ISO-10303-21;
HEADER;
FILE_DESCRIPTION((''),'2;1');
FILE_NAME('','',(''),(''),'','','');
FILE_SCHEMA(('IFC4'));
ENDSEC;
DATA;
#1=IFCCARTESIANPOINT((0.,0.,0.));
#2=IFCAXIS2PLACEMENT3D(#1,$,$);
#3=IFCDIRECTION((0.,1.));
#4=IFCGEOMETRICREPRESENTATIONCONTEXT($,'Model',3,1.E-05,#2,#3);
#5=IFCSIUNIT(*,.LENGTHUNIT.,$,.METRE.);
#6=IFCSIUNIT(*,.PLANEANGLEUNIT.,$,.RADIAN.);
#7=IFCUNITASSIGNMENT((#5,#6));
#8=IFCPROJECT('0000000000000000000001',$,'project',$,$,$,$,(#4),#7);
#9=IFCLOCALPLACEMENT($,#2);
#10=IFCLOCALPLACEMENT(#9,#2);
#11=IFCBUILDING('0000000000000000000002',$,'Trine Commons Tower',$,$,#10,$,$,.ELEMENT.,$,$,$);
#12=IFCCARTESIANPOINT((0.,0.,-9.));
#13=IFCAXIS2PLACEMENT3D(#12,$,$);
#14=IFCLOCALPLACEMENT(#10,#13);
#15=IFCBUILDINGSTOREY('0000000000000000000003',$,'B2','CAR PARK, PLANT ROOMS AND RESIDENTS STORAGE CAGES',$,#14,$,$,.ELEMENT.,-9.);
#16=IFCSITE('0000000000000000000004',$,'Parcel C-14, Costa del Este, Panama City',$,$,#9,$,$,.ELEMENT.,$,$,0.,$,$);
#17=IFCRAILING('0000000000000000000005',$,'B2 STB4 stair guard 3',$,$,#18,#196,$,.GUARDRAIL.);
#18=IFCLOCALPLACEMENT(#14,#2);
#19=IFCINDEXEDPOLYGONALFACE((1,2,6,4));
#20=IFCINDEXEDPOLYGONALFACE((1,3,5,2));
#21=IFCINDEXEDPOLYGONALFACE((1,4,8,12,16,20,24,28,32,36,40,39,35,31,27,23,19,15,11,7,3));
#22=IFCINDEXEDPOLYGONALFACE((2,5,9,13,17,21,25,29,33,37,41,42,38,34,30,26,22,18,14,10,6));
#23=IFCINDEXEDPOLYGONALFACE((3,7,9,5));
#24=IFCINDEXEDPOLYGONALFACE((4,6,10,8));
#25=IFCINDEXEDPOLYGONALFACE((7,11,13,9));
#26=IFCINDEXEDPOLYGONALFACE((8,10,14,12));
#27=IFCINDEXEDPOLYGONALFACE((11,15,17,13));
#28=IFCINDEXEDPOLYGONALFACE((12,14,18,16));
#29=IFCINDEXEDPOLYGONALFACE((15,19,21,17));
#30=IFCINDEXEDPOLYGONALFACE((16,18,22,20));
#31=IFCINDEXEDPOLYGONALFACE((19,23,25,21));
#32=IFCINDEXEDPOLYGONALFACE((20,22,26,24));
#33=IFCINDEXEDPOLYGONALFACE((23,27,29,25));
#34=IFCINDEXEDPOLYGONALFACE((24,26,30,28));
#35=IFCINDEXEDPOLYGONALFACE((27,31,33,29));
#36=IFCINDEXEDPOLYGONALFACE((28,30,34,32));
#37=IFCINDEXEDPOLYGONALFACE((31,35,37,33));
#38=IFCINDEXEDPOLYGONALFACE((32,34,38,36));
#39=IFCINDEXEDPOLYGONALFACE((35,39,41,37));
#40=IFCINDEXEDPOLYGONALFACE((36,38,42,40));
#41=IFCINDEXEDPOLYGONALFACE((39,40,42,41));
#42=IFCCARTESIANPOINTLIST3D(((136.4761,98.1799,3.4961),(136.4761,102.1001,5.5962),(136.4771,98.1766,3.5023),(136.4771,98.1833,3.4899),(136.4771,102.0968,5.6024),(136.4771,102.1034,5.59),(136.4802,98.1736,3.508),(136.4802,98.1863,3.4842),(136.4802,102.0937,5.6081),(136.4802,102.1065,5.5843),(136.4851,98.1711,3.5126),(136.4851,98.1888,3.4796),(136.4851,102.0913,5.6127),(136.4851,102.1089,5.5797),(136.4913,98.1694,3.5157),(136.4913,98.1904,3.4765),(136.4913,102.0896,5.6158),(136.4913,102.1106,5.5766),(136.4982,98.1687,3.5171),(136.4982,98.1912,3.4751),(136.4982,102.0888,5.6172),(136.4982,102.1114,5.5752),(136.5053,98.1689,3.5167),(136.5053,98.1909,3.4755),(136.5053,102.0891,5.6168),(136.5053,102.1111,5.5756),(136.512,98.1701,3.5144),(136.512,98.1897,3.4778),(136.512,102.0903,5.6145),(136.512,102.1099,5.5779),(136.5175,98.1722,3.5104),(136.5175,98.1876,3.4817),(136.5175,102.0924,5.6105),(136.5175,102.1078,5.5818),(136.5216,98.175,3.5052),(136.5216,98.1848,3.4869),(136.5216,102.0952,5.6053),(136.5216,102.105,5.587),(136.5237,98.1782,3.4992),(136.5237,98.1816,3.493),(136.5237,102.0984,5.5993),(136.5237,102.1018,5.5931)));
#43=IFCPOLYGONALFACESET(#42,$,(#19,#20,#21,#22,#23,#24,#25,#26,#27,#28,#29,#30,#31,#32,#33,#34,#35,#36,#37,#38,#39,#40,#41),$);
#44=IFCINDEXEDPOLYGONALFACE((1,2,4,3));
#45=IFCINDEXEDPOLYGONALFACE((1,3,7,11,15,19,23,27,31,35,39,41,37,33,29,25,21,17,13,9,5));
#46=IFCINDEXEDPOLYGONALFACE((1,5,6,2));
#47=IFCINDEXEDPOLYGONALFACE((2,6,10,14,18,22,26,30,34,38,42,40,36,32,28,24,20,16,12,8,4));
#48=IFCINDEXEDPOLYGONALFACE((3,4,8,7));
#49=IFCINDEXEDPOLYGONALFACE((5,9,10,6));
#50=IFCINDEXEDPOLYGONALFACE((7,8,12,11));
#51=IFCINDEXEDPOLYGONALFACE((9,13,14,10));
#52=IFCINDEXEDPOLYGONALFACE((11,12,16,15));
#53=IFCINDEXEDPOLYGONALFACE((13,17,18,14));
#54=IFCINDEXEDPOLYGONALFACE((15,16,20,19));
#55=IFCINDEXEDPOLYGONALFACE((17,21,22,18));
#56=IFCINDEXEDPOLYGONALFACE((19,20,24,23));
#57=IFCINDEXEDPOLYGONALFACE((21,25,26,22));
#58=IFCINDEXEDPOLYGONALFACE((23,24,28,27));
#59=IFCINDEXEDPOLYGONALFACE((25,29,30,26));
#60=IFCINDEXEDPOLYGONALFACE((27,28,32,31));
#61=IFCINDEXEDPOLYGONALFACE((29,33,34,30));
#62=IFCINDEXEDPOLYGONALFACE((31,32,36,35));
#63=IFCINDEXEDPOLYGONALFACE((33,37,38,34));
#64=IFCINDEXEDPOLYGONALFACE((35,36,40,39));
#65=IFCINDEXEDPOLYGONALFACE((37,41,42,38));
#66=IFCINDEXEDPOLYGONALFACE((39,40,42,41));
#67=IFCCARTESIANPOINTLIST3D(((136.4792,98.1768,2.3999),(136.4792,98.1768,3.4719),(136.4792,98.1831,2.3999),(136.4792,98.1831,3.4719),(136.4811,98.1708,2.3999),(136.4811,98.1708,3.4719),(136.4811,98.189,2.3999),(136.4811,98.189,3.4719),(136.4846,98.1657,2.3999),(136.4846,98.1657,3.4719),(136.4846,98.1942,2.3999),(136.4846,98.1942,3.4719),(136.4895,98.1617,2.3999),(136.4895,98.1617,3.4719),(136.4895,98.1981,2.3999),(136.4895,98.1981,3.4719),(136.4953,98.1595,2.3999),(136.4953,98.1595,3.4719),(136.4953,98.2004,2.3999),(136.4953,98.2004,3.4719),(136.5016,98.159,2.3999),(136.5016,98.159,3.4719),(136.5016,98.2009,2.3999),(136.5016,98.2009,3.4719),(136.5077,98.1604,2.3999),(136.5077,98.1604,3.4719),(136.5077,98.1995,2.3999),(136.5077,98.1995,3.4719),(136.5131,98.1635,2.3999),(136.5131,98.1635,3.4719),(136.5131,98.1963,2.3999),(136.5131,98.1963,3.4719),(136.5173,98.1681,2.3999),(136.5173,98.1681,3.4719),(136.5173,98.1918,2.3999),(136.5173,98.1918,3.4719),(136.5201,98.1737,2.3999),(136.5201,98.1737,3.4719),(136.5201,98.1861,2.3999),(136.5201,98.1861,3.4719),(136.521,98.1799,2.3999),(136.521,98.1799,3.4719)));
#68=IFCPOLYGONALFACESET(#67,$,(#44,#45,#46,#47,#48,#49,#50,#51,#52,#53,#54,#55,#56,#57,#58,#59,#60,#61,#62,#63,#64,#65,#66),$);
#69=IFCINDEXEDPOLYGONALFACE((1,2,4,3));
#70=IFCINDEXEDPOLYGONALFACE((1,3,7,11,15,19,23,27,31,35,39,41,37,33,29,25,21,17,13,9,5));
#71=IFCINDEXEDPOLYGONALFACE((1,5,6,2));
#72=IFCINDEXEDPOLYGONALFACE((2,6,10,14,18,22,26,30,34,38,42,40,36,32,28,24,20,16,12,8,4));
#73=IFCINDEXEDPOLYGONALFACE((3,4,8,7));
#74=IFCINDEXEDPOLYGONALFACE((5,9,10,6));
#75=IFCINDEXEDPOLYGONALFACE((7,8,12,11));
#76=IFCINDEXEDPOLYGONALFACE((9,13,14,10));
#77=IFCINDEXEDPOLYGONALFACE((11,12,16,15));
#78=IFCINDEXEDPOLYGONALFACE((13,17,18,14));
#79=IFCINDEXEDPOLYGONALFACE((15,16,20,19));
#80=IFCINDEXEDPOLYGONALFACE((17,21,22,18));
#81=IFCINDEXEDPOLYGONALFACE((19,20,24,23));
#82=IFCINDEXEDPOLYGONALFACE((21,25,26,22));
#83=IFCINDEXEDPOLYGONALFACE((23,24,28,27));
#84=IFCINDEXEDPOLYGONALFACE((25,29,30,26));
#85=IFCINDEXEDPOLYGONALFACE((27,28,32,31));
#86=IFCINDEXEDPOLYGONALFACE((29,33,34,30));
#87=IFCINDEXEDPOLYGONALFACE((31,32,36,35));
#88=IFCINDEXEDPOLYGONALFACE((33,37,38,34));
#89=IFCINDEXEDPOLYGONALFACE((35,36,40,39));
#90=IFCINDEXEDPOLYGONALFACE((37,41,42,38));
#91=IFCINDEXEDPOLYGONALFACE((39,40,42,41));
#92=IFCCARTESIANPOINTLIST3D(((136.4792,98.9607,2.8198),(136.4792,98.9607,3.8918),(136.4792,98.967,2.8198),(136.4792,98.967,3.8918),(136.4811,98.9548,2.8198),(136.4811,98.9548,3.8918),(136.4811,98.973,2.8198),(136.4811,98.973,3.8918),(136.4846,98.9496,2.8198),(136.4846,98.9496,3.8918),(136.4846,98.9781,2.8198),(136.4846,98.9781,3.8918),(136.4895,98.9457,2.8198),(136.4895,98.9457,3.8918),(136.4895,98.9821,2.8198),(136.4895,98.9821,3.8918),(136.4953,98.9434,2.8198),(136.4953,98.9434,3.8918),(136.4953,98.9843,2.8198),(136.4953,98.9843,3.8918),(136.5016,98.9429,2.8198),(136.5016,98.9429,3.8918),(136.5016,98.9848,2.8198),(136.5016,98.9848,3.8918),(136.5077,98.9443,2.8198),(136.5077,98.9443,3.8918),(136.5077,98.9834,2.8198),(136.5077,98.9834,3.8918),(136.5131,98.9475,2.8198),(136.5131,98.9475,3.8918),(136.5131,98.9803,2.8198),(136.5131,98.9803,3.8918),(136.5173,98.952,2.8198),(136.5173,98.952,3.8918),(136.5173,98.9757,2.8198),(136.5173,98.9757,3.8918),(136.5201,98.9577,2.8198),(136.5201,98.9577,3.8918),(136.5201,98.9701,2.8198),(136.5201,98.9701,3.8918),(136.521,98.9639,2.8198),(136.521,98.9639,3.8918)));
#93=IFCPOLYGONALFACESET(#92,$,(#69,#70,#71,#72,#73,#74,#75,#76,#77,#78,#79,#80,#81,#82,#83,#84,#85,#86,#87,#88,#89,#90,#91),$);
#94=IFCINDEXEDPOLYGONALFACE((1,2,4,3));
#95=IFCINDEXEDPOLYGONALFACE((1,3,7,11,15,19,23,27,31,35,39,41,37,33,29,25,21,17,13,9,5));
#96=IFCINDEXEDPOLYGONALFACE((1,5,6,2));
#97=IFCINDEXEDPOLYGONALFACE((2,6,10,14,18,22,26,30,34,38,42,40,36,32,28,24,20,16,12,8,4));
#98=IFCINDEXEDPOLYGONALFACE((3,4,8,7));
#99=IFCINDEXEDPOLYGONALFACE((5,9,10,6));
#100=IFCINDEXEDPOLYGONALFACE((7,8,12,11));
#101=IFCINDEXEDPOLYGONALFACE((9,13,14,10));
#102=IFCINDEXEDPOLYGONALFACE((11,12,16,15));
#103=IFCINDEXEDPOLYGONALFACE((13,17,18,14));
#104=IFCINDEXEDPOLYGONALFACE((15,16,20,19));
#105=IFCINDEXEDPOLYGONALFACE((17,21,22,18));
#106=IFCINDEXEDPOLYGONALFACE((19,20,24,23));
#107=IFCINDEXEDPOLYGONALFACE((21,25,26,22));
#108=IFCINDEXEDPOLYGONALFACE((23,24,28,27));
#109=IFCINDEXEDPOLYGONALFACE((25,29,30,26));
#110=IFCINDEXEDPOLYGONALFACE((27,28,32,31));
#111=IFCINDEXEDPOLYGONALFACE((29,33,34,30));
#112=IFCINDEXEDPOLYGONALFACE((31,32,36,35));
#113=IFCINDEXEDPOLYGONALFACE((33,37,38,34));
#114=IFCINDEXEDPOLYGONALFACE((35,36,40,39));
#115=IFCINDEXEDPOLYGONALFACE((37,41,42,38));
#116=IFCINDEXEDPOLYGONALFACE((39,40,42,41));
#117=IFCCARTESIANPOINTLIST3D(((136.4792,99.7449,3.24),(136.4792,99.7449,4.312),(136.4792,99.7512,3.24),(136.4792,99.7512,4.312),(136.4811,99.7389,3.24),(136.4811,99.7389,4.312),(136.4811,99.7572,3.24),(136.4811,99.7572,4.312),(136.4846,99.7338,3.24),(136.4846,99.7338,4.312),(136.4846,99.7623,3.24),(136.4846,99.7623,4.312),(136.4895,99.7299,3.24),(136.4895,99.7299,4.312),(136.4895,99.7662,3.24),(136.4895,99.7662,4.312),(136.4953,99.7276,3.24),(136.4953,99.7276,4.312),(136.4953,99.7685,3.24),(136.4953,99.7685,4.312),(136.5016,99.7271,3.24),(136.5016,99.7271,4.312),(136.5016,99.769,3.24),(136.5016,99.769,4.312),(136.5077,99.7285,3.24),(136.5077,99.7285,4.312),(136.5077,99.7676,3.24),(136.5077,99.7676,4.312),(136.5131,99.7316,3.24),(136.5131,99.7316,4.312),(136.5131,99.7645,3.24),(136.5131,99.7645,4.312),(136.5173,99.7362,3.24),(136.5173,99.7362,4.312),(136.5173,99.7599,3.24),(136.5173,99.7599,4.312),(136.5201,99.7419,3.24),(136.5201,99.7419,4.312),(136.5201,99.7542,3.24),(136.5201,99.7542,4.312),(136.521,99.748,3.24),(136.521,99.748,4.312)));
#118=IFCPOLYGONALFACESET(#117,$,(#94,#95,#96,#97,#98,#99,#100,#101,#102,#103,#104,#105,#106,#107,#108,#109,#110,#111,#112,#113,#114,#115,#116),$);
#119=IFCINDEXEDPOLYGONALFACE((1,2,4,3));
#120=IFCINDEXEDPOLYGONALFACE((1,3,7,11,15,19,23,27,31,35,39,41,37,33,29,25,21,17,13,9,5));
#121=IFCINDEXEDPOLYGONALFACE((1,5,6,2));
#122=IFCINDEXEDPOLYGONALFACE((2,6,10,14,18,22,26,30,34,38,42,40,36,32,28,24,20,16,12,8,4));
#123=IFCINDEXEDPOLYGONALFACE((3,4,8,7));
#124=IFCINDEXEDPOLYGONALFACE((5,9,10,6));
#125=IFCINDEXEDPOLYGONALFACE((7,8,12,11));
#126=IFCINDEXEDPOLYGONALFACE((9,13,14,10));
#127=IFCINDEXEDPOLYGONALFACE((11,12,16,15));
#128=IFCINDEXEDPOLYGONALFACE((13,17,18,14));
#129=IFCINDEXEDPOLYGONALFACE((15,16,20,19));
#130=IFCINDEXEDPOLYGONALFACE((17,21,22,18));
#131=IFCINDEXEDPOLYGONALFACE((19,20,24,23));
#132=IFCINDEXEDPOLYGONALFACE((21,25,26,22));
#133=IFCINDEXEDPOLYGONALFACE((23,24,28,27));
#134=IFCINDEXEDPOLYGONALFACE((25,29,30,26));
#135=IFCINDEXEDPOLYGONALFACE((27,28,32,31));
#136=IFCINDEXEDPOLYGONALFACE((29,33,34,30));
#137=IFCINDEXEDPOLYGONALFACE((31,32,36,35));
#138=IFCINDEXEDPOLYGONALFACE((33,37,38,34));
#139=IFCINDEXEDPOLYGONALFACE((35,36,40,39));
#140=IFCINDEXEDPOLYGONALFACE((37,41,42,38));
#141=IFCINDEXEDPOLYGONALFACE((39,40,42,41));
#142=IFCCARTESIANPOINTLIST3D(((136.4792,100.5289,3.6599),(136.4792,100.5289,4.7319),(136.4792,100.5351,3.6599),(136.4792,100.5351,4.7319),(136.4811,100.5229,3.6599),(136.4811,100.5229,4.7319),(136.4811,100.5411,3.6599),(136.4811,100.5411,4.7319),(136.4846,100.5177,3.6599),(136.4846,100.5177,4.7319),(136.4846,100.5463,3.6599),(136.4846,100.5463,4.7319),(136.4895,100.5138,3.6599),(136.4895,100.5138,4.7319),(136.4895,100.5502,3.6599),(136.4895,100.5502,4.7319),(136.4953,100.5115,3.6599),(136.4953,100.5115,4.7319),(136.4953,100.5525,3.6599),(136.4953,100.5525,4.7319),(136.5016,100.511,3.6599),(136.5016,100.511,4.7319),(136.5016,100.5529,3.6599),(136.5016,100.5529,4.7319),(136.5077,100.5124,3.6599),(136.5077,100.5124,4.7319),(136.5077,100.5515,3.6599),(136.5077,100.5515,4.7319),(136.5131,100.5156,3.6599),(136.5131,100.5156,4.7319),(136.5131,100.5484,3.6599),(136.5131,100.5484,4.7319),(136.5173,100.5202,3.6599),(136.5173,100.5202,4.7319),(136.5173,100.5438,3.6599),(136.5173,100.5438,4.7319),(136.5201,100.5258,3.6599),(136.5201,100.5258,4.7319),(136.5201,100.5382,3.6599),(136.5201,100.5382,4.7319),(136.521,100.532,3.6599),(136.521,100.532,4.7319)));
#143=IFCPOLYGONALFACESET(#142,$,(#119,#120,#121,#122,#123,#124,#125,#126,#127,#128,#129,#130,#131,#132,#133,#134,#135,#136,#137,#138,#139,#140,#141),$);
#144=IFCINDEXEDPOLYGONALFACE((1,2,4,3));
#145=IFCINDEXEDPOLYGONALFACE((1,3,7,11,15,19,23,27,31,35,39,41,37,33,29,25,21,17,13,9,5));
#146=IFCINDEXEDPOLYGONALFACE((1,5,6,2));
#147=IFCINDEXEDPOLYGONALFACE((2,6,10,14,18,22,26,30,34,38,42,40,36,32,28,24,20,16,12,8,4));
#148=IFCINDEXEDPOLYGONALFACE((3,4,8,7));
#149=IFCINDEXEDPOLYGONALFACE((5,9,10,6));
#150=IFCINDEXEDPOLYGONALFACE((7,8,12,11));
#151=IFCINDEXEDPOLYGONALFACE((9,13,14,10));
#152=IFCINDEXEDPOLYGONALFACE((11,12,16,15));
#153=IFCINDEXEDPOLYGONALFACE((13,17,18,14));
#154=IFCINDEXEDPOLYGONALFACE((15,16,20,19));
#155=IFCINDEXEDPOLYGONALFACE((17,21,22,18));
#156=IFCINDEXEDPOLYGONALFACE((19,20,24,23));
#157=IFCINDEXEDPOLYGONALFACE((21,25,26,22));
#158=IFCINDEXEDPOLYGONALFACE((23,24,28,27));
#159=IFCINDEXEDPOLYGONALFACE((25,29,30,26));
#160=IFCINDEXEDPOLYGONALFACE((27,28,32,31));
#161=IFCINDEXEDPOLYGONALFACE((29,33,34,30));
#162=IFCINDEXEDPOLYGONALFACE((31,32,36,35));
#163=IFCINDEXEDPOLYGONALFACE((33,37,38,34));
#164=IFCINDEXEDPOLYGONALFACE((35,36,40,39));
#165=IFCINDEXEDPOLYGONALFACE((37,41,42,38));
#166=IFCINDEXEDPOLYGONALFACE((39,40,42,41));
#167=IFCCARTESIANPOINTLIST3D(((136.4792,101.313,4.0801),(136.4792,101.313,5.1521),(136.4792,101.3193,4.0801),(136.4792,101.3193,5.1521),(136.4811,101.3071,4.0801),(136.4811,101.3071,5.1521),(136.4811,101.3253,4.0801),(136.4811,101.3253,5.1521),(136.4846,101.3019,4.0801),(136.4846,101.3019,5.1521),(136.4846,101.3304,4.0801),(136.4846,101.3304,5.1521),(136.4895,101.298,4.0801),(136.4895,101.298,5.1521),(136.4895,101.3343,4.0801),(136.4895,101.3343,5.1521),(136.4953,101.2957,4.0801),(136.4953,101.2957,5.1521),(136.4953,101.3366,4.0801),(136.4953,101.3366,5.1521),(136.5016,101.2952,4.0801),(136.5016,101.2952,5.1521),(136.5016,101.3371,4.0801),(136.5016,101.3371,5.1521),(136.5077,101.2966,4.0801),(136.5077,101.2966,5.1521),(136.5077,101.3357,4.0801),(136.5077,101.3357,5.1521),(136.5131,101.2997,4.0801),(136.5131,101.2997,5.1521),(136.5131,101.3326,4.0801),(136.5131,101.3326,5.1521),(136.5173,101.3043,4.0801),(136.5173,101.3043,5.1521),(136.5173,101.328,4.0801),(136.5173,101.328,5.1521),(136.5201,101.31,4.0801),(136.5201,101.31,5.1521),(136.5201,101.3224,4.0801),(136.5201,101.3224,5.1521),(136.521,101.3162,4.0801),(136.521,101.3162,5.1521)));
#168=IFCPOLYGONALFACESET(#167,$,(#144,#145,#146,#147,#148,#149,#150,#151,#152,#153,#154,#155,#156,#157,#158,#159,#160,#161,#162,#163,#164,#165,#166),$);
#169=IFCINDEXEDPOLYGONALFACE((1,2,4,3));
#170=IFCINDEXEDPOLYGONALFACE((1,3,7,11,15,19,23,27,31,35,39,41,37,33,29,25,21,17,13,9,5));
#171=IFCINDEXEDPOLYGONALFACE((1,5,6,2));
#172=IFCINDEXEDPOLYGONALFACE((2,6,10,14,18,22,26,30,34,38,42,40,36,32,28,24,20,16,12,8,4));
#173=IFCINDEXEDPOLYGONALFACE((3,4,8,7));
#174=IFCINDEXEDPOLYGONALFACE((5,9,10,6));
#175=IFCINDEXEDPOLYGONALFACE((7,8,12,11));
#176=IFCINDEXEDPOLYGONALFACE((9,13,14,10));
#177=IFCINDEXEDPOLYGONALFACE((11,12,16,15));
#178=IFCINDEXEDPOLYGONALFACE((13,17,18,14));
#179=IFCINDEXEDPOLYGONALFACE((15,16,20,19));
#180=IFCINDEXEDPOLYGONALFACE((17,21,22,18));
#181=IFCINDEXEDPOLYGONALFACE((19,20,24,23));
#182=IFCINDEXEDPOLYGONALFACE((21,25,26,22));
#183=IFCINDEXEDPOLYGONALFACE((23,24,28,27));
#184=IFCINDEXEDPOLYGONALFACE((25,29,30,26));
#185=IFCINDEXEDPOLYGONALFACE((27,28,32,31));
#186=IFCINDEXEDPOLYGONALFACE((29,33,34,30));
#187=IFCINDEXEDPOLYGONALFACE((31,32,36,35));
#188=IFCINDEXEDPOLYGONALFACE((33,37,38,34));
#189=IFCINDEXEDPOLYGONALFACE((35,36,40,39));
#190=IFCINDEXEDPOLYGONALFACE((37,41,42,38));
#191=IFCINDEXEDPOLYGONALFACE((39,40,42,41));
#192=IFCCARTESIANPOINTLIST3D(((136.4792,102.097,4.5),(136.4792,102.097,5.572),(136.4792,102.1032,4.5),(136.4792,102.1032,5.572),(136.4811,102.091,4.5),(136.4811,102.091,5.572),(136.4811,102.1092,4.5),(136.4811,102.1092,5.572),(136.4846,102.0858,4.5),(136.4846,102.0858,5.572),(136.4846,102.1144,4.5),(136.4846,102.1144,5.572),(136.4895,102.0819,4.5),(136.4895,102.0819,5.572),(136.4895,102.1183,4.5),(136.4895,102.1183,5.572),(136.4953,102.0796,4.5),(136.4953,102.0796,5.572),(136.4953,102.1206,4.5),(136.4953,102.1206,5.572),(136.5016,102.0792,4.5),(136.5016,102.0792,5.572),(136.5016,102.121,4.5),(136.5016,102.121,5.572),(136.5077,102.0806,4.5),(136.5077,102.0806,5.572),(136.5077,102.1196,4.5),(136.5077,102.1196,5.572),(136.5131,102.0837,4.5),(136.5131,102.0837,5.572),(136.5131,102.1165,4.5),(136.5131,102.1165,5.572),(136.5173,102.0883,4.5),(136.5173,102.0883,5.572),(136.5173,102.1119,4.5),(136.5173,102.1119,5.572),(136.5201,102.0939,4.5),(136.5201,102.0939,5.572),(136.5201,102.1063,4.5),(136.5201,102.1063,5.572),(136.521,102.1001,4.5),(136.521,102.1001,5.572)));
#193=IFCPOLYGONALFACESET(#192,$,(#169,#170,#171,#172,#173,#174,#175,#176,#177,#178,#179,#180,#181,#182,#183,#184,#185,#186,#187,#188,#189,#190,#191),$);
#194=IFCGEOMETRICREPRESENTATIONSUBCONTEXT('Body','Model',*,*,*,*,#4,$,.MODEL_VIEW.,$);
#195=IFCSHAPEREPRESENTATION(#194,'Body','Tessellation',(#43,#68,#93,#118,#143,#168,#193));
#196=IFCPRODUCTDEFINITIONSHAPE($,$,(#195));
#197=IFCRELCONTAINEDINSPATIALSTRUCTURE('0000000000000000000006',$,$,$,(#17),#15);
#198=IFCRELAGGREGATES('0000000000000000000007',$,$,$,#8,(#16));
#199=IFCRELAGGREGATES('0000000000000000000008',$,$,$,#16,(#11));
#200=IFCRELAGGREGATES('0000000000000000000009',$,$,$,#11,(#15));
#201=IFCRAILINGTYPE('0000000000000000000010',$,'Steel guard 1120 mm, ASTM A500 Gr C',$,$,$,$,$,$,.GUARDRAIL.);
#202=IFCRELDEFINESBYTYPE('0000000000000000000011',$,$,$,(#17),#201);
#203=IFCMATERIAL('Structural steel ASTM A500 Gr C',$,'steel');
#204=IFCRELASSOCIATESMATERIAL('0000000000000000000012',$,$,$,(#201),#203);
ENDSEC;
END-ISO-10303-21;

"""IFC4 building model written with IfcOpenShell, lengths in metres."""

from ifc_helpers import new_model, si_unit, direction, frame, origin, origin_2d, place, context, subcontext, project, spatial, circle, extrude, material, type_object, element, save


model = new_model("IFC4")

# Units and contexts
model_context = context("Model", 3, precision=1e-05, world=origin(), true_north=direction((0.0, 1.0)))
body_context = subcontext(model_context, "Body", "Model", "MODEL_VIEW")
ifc_project = project(units=[si_unit("LENGTHUNIT", "METRE"), si_unit("PLANEANGLEUNIT", "RADIAN")], contexts=[model_context])

# Site, building, storey
site_placement = place(None, origin())
site = spatial("IfcSite", under=ifc_project, at=site_placement, Name="Parcel C-14, Costa del Este, Panama City", CompositionType="ELEMENT", RefElevation=0.0)
building_placement = place(site_placement, origin())
building = spatial("IfcBuilding", under=site, at=building_placement, Name="Trine Commons Tower", CompositionType="ELEMENT")
storey_placement = place(building_placement, frame((0.0, 0.0, -9.0)))
storey = spatial("IfcBuildingStorey", under=building, at=storey_placement, Name="B2", Description="CAR PARK, PLANT ROOMS AND RESIDENTS STORAGE CAGES", CompositionType="ELEMENT", Elevation=-9.0)

# Railing
ifc_material_1 = material(Name="Structural steel ASTM A500 Gr C", Category="steel")
railing_type_1 = type_object("IfcRailingType", Name="Steel guard 1120 mm, ASTM A500 Gr C", PredefinedType="GUARDRAIL", material=ifc_material_1)
railing_1_placement = place(storey_placement, frame((136.5, 98.1799, 2.3999)))
element("IfcRailing", 1, at=railing_1_placement, inside=storey, type_object=railing_type_1, Name="B2 STB4 stair guard 3", PredefinedType="GUARDRAIL", context=body_context, shape_type="SweptSolid", body=[
    extrude(circle(Radius=0.0239, at=origin_2d()), frame((0.0, 0.0, 1.0962), z_axis=(0.0, 0.881479, 0.472223), x_axis=(-1.0, 0.0, 0.0)), (0.0, 0.0, 1.0), 4.4473),
    extrude(circle(Radius=0.021, at=origin_2d()), origin(), (0.0, 0.0, 1.0), 1.072),
    extrude(circle(Radius=0.021, at=origin_2d()), frame((0.0, 0.7839, 0.4199)), (0.0, 0.0, 1.0), 1.072),
    extrude(circle(Radius=0.021, at=origin_2d()), frame((0.0, 1.5681, 0.8401)), (0.0, 0.0, 1.0), 1.072),
    extrude(circle(Radius=0.021, at=origin_2d()), frame((0.0, 2.3521, 1.26)), (0.0, 0.0, 1.0), 1.072),
    extrude(circle(Radius=0.021, at=origin_2d()), frame((0.0, 3.1362, 1.6802)), (0.0, 0.0, 1.0), 1.072),
    extrude(circle(Radius=0.021, at=origin_2d()), frame((0.0, 3.9202, 2.1001)), (0.0, 0.0, 1.0), 1.072),
])

save(model, "model.ifc")
